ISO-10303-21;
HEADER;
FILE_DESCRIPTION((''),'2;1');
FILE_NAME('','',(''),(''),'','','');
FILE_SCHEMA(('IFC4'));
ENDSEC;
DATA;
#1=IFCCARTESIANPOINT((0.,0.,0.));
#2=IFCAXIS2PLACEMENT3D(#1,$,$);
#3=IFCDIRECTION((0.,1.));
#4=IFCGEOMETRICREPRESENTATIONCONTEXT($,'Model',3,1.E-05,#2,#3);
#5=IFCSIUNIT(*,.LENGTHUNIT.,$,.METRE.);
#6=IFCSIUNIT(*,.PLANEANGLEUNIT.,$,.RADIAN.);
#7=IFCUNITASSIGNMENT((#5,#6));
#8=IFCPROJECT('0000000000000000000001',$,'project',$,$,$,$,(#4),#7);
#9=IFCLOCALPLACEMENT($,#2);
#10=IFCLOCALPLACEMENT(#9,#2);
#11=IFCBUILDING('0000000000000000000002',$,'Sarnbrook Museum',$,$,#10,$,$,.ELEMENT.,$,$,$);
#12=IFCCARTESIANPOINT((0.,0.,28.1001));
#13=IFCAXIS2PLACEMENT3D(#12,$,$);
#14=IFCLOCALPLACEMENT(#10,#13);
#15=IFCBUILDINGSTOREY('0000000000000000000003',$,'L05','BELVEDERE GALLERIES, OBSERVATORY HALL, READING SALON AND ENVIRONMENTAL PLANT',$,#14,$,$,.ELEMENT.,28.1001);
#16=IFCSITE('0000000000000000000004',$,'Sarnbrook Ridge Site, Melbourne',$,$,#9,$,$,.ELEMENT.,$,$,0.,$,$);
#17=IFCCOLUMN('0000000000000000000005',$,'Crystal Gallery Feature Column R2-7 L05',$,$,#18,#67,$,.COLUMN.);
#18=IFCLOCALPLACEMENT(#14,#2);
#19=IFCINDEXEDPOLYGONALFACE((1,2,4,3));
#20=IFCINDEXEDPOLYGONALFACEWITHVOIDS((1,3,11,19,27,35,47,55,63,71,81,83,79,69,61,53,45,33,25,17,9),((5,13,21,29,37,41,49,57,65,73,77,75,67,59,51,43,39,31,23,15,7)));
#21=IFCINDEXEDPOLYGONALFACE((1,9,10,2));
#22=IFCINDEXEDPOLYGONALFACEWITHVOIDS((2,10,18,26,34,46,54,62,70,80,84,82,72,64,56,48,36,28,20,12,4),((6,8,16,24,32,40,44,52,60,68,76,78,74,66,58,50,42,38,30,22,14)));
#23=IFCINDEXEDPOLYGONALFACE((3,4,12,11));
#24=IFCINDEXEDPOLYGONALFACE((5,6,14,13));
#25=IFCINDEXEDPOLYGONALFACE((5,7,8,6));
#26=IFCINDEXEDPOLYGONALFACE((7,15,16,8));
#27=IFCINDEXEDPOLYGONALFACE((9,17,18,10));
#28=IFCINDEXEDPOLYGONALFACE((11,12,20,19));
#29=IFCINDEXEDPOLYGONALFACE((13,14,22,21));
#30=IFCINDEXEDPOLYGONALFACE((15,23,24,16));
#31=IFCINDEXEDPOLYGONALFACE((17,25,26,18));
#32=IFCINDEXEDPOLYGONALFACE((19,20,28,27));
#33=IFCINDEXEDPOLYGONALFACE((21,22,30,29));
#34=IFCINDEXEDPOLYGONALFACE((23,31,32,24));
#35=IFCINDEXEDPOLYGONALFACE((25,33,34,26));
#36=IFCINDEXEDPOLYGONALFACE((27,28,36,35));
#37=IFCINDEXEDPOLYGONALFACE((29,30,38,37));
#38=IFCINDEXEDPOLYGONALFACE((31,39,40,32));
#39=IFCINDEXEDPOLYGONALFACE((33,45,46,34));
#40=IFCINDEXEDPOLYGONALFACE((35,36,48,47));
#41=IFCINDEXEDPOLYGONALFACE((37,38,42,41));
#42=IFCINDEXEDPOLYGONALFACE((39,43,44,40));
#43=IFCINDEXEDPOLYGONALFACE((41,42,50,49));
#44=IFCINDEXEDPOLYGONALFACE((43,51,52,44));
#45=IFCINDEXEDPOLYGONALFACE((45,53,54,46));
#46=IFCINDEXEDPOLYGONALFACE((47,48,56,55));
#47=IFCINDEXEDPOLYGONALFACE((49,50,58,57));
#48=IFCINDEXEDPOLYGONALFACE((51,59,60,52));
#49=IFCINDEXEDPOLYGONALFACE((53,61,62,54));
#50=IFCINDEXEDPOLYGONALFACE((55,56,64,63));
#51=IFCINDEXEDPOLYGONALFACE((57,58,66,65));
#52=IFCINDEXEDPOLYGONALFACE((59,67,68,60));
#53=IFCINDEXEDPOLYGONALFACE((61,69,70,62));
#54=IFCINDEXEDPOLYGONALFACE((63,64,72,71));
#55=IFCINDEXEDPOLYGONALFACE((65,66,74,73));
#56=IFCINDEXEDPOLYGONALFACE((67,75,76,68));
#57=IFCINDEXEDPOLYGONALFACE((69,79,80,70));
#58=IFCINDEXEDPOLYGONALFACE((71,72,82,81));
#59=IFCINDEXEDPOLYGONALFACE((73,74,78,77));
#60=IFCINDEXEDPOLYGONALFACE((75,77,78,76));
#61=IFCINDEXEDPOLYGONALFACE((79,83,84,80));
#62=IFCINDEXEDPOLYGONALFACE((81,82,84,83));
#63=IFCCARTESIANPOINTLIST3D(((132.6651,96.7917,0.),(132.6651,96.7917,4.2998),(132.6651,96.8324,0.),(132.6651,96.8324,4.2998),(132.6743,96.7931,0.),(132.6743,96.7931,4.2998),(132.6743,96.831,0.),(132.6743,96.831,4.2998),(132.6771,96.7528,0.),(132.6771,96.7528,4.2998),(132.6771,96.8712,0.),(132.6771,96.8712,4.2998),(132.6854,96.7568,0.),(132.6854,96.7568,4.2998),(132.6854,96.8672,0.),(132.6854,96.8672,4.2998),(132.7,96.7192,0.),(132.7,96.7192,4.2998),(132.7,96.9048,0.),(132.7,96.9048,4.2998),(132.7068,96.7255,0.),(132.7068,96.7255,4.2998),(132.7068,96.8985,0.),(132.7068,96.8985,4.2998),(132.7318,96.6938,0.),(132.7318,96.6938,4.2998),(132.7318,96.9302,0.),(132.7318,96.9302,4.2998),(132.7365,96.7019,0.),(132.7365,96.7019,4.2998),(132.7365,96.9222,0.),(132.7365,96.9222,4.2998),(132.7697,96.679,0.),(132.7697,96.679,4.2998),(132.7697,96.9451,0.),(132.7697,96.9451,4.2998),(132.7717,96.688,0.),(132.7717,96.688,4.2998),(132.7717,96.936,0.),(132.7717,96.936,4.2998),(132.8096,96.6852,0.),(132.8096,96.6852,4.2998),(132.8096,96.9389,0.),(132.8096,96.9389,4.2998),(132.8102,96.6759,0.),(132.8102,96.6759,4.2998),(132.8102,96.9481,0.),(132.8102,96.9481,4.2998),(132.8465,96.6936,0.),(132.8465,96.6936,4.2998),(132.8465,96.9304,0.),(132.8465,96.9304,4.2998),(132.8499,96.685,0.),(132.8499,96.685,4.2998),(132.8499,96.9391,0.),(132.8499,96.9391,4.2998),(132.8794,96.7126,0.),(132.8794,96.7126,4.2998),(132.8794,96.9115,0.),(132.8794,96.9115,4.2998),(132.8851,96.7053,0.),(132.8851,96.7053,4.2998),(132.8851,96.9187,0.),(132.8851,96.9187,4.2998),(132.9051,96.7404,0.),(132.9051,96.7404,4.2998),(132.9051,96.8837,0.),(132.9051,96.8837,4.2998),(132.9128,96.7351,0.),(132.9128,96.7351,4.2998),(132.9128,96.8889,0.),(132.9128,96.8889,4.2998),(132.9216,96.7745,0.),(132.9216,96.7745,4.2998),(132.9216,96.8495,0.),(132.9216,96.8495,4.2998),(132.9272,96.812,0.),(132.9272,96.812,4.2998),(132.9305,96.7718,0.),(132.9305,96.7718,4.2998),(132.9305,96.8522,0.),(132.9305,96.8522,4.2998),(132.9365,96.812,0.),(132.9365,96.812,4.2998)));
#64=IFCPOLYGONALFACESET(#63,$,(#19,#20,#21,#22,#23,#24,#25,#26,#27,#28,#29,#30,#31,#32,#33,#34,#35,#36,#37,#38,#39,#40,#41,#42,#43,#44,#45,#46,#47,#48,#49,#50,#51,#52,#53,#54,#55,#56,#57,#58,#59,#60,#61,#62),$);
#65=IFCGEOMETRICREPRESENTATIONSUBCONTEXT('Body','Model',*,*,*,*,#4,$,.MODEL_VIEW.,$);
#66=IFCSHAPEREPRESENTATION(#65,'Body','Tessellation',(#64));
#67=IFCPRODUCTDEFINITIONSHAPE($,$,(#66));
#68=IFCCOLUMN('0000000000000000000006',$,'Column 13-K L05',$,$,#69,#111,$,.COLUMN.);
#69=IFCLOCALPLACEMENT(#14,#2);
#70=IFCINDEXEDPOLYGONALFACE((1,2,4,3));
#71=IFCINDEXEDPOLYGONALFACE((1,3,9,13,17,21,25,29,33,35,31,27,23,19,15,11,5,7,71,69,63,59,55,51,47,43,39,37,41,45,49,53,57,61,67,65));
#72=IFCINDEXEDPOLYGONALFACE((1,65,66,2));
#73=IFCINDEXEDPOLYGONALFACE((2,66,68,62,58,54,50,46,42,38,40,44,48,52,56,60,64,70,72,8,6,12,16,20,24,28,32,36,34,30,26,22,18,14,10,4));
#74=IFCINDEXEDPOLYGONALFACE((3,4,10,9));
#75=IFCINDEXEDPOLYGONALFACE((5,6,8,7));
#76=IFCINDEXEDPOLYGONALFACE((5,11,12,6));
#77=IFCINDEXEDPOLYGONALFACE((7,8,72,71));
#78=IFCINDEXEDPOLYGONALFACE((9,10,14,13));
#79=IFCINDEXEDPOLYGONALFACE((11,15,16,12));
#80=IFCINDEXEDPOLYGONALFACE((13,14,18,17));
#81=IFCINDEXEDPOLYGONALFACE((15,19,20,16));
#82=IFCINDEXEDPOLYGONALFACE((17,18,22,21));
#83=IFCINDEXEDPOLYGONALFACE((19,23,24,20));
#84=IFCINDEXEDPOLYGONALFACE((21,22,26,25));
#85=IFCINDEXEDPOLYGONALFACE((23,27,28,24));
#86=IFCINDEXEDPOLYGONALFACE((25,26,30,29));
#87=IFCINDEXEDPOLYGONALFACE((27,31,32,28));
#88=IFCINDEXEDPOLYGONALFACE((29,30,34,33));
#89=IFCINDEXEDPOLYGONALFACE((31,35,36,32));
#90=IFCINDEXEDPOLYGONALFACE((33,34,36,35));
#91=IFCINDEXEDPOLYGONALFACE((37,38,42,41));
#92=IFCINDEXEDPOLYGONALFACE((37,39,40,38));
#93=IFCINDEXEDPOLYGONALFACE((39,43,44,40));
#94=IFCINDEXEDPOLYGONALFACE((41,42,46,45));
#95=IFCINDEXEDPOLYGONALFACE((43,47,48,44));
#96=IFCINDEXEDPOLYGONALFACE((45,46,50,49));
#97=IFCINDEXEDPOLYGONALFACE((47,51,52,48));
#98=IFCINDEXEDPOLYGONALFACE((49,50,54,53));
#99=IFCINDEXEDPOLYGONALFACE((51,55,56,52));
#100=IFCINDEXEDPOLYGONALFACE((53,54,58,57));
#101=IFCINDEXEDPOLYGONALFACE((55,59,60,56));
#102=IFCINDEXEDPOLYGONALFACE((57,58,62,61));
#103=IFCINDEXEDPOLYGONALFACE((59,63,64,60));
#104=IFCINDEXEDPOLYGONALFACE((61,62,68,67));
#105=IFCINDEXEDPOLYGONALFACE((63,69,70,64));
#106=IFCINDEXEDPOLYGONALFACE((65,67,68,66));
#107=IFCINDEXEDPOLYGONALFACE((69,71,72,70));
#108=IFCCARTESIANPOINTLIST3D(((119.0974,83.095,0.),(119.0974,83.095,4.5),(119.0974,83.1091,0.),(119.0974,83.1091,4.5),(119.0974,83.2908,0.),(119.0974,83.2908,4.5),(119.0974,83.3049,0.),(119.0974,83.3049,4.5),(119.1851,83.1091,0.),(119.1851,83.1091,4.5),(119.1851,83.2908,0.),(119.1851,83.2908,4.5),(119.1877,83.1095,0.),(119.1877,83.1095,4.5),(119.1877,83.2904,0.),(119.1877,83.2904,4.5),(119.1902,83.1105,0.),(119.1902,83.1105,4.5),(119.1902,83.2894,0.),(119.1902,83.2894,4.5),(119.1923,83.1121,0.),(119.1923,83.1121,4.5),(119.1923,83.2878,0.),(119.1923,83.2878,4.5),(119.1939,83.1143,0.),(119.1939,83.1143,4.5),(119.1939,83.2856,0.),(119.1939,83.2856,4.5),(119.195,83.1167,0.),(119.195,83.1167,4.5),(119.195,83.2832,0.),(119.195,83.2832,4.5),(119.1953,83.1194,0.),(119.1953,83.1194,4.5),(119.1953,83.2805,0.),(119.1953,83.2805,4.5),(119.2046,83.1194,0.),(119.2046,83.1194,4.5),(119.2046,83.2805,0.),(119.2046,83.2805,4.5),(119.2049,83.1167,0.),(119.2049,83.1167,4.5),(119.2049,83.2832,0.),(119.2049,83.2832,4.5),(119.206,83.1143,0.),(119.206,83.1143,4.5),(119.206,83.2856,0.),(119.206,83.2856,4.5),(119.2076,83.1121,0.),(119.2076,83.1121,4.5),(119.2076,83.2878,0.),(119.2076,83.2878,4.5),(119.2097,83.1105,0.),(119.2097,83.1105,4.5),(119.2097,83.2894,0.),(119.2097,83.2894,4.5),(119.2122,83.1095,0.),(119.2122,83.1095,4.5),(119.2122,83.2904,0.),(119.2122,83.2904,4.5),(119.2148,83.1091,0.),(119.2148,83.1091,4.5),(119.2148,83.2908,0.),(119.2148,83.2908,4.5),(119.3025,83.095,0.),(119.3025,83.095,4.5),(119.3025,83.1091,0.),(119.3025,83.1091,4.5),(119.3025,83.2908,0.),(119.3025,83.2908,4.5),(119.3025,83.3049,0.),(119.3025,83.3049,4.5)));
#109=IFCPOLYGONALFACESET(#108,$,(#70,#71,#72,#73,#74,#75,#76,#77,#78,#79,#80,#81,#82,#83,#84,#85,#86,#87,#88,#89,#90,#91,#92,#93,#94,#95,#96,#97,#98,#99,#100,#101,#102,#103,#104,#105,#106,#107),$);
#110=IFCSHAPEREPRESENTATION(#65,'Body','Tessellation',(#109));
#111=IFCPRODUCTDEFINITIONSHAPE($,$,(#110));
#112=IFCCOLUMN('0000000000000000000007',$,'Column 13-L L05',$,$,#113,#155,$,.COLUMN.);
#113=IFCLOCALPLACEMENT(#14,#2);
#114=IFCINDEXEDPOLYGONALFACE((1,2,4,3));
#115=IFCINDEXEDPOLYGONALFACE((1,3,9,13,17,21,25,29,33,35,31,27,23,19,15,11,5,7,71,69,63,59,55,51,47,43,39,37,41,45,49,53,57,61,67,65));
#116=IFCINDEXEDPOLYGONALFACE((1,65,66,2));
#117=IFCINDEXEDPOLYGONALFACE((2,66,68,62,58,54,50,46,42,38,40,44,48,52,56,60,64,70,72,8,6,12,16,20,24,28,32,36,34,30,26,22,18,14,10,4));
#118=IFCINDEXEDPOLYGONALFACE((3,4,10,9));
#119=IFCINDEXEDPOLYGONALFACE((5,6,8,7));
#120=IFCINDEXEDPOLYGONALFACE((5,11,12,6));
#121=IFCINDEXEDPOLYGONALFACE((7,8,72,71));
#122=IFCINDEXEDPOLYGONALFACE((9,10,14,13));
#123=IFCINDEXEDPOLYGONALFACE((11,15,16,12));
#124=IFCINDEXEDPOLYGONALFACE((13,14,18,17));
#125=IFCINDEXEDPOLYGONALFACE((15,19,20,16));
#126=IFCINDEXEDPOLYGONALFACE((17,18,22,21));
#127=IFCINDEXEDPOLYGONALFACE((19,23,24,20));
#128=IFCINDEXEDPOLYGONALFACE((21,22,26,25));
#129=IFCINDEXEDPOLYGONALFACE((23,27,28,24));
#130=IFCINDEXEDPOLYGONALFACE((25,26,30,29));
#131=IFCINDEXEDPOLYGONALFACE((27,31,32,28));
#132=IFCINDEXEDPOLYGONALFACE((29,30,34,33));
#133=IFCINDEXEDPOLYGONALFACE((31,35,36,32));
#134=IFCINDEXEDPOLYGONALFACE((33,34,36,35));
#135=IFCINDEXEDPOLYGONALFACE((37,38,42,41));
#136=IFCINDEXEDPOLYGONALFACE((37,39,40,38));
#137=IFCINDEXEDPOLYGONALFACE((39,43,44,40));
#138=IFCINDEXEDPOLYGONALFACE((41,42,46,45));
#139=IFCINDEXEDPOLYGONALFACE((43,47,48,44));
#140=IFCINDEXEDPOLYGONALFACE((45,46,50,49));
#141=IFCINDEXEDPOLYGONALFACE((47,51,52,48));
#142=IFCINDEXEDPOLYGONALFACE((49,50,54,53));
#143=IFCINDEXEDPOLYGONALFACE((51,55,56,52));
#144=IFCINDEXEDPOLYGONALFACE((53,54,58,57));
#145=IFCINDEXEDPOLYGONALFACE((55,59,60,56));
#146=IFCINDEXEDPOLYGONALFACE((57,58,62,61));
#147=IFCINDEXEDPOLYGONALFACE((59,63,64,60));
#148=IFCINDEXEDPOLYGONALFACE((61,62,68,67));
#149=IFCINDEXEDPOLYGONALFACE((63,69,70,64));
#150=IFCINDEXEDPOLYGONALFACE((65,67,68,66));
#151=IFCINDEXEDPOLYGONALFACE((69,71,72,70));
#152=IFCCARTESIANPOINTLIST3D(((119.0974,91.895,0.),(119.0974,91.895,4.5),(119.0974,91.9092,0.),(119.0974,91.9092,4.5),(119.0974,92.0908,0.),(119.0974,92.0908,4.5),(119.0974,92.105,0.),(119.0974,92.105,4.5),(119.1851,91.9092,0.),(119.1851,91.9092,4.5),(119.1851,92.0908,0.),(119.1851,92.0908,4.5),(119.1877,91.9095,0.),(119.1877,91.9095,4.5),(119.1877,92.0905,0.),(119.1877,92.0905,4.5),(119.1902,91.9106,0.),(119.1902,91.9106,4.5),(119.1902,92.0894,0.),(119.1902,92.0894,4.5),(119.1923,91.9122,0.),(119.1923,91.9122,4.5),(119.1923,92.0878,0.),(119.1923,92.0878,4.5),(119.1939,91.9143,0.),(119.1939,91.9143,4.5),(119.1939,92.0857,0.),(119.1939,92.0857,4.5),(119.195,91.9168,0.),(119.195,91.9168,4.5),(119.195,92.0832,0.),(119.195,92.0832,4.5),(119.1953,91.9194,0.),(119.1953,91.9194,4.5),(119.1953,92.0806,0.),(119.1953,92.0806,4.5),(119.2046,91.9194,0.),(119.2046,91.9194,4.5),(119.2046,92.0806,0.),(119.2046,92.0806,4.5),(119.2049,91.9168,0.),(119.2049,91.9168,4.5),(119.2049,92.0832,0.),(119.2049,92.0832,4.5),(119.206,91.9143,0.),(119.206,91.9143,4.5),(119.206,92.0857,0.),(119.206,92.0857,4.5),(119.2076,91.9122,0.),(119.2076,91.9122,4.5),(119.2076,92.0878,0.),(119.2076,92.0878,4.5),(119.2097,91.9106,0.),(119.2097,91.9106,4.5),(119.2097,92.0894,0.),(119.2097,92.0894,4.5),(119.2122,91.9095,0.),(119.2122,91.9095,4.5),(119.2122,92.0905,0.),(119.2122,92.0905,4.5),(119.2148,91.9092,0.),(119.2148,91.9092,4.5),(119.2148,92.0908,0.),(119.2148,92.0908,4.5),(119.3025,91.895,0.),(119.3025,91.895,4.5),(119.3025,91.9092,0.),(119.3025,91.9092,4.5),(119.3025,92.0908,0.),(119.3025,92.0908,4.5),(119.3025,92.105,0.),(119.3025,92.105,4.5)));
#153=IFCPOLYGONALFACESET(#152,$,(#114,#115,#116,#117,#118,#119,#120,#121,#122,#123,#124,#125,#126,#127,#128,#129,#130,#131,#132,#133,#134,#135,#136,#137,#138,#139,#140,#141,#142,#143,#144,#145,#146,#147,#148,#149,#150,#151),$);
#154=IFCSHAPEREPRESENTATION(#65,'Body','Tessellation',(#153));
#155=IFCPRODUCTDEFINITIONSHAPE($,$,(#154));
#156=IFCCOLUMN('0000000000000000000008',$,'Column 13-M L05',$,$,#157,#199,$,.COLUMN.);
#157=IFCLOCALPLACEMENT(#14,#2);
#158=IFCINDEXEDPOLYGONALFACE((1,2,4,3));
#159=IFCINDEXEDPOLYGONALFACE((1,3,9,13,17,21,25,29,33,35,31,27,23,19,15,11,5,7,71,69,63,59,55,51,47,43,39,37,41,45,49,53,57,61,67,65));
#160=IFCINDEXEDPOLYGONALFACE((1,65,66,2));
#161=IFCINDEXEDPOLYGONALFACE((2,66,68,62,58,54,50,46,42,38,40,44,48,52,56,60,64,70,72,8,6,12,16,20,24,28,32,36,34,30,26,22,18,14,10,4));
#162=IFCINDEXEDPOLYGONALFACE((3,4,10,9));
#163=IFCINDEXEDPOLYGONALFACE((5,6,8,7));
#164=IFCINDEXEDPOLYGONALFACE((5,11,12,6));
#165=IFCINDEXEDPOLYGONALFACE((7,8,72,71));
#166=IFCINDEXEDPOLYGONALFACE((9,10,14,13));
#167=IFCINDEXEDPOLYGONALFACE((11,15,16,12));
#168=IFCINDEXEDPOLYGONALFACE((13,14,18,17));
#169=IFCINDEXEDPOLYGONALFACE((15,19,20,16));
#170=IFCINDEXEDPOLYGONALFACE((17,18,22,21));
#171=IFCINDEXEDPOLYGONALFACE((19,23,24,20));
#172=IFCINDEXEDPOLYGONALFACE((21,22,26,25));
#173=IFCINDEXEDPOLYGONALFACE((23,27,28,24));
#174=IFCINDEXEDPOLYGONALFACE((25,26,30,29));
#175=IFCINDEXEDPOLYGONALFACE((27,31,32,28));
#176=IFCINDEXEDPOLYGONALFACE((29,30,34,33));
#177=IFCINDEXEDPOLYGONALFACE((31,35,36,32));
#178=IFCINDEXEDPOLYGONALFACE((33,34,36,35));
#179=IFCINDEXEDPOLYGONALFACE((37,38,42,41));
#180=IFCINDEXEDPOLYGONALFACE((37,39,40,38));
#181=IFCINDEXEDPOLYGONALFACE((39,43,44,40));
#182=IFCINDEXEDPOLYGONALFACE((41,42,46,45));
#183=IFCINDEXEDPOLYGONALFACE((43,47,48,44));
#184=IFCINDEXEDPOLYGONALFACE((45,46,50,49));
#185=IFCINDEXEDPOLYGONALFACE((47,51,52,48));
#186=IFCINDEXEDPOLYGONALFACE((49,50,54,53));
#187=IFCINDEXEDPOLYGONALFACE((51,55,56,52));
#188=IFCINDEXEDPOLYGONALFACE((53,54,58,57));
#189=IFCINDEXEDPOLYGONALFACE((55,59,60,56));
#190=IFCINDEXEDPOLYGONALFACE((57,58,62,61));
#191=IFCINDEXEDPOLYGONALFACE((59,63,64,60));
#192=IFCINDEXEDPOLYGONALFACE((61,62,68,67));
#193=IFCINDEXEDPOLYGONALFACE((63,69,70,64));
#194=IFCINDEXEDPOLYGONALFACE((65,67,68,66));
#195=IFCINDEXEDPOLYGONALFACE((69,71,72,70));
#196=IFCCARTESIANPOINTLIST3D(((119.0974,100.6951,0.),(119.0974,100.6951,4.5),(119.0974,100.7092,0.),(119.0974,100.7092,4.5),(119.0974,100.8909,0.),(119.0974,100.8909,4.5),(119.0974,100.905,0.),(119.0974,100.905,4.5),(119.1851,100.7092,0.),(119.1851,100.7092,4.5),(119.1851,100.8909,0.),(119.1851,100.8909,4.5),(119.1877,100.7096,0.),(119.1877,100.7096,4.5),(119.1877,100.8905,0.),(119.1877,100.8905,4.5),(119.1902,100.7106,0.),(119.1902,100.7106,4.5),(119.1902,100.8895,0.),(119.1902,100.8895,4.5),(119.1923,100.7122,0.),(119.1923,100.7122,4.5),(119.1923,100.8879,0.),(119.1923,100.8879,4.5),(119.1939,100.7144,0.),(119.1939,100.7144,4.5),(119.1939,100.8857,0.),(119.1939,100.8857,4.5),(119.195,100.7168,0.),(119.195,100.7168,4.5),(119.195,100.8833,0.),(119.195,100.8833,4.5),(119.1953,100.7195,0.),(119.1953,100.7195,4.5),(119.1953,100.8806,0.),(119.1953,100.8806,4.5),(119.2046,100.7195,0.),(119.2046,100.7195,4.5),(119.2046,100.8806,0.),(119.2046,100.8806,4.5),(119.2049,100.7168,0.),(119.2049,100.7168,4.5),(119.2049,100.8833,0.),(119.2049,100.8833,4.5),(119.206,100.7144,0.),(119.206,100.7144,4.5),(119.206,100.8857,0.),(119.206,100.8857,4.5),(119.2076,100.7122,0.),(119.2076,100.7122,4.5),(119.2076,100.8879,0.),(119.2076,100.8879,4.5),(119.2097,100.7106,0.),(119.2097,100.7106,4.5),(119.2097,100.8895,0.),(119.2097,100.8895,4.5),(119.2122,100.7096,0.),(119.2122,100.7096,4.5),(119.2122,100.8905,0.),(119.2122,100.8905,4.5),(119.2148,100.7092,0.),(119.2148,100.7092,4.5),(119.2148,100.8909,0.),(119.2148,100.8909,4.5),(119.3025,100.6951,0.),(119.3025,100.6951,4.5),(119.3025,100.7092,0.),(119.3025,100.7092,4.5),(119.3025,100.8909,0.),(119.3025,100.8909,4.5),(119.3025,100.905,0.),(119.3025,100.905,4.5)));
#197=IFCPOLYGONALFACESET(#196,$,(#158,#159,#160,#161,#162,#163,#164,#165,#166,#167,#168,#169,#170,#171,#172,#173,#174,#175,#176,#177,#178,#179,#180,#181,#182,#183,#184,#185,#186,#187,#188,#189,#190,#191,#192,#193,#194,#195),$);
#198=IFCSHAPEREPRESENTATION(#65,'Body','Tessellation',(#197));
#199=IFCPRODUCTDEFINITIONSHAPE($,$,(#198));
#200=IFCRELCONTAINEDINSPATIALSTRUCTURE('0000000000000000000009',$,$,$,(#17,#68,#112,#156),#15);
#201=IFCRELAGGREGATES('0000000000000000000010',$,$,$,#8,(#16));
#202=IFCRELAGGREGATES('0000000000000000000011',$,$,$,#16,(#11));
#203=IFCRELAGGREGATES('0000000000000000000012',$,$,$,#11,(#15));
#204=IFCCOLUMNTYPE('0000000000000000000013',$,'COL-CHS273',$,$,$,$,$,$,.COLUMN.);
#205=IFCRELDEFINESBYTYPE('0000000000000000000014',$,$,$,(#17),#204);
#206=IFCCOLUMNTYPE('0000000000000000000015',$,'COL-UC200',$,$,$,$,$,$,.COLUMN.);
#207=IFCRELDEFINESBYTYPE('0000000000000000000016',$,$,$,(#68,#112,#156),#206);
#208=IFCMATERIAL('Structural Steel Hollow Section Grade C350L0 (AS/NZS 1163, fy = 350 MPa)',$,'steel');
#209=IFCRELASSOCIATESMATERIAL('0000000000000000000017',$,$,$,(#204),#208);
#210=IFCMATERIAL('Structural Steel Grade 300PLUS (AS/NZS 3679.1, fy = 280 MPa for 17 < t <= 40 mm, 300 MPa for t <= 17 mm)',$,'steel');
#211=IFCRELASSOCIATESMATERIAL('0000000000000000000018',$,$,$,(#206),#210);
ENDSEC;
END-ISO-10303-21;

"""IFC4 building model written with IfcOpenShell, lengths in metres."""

from ifc_helpers import new_model, si_unit, direction, frame, origin, origin_2d, place, context, subcontext, project, spatial, hollow_circle, i_section, extrude, material, material_profile, profile_set, type_object, element, save


model = new_model("IFC4")

# Units and contexts
model_context = context("Model", 3, precision=1e-05, world=origin(), true_north=direction((0.0, 1.0)))
body_context = subcontext(model_context, "Body", "Model", "MODEL_VIEW")
ifc_project = project(units=[si_unit("LENGTHUNIT", "METRE"), si_unit("PLANEANGLEUNIT", "RADIAN")], contexts=[model_context])

# Site, building, storey
site_placement = place(None, origin())
site = spatial("IfcSite", under=ifc_project, at=site_placement, Name="Sarnbrook Ridge Site, Melbourne", CompositionType="ELEMENT", RefElevation=0.0)
building_placement = place(site_placement, origin())
building = spatial("IfcBuilding", under=site, at=building_placement, Name="Sarnbrook Museum", CompositionType="ELEMENT")
storey_placement = place(building_placement, frame((0.0, 0.0, 28.1001)))
storey = spatial("IfcBuildingStorey", under=building, at=storey_placement, Name="L05", Description="BELVEDERE GALLERIES, OBSERVATORY HALL, READING SALON AND ENVIRONMENTAL PLANT", CompositionType="ELEMENT", Elevation=28.1001)

# Columns
ifc_material_1 = material(Name="Structural Steel Hollow Section Grade C350L0 (AS/NZS 1163, fy = 350 MPa)", Category="steel")
ifc_material_profile_1 = material_profile(ifc_material_1, hollow_circle(Radius=0.1365, WallThickness=0.0093, at=origin_2d()), Name="273.1x9.3CHS")
ifc_profile_set_1 = profile_set([ifc_material_profile_1], Name="Structural Steel Hollow Section Grade C350L0 (AS/NZS 1163, fy = 350 MPa)")
column_type_1 = type_object("IfcColumnType", Name="COL-CHS273", PredefinedType="COLUMN", material=ifc_profile_set_1)
column_1_placement = place(storey_placement, frame((132.8, 96.812, 0.0), z_axis=(0.0, 0.0, 1.0), x_axis=(1.0, 0.0, 0.0)))
element("IfcColumn", 1, at=column_1_placement, inside=storey, type_object=column_type_1, Name="Crystal Gallery Feature Column R2-7 L05", PredefinedType="COLUMN", context=body_context, shape_type="SweptSolid", body=[
    extrude(hollow_circle(Radius=0.1365, WallThickness=0.0093, at=origin_2d()), origin(), (0.0, 0.0, 1.0), 4.2998),
])
ifc_material_2 = material(Name="Structural Steel Grade 300PLUS (AS/NZS 3679.1, fy = 280 MPa for 17 < t <= 40 mm, 300 MPa for t <= 17 mm)", Category="steel")
ifc_material_profile_2 = material_profile(ifc_material_2, i_section(OverallWidth=0.2051, OverallDepth=0.21, WebThickness=0.0093, FlangeThickness=0.0142, FilletRadius=0.0103, at=origin_2d()), Name="200UC59.5")
ifc_profile_set_2 = profile_set([ifc_material_profile_2], Name="Structural Steel Grade 300PLUS (AS/NZS 3679.1, fy = 280 MPa for 17 < t <= 40 mm, 300 MPa for t <= 17 mm)")
column_type_2 = type_object("IfcColumnType", Name="COL-UC200", PredefinedType="COLUMN", material=ifc_profile_set_2)
for number, where, z_axis, x_axis, name in (
    (2, (119.2, 83.2, 0.0), (0.0, 0.0, 1.0), (1.0, 0.0, 0.0), "Column 13-K L05"),
    (3, (119.2, 92.0, 0.0), (0.0, 0.0, 1.0), (1.0, 0.0, 0.0), "Column 13-L L05"),
    (4, (119.2, 100.8, 0.0), (0.0, 0.0, 1.0), (1.0, 0.0, 0.0), "Column 13-M L05"),
):
    element("IfcColumn", number, at=place(storey_placement, frame(where, z_axis=z_axis, x_axis=x_axis)), inside=storey, type_object=column_type_2, Name=name, PredefinedType="COLUMN", context=body_context, shape_type="SweptSolid", body=[
        extrude(i_section(OverallWidth=0.2051, OverallDepth=0.21, WebThickness=0.0093, FlangeThickness=0.0142, FilletRadius=0.0103, at=origin_2d()), origin(), (0.0, 0.0, 1.0), 4.5),
    ])

save(model, "model.ifc")
